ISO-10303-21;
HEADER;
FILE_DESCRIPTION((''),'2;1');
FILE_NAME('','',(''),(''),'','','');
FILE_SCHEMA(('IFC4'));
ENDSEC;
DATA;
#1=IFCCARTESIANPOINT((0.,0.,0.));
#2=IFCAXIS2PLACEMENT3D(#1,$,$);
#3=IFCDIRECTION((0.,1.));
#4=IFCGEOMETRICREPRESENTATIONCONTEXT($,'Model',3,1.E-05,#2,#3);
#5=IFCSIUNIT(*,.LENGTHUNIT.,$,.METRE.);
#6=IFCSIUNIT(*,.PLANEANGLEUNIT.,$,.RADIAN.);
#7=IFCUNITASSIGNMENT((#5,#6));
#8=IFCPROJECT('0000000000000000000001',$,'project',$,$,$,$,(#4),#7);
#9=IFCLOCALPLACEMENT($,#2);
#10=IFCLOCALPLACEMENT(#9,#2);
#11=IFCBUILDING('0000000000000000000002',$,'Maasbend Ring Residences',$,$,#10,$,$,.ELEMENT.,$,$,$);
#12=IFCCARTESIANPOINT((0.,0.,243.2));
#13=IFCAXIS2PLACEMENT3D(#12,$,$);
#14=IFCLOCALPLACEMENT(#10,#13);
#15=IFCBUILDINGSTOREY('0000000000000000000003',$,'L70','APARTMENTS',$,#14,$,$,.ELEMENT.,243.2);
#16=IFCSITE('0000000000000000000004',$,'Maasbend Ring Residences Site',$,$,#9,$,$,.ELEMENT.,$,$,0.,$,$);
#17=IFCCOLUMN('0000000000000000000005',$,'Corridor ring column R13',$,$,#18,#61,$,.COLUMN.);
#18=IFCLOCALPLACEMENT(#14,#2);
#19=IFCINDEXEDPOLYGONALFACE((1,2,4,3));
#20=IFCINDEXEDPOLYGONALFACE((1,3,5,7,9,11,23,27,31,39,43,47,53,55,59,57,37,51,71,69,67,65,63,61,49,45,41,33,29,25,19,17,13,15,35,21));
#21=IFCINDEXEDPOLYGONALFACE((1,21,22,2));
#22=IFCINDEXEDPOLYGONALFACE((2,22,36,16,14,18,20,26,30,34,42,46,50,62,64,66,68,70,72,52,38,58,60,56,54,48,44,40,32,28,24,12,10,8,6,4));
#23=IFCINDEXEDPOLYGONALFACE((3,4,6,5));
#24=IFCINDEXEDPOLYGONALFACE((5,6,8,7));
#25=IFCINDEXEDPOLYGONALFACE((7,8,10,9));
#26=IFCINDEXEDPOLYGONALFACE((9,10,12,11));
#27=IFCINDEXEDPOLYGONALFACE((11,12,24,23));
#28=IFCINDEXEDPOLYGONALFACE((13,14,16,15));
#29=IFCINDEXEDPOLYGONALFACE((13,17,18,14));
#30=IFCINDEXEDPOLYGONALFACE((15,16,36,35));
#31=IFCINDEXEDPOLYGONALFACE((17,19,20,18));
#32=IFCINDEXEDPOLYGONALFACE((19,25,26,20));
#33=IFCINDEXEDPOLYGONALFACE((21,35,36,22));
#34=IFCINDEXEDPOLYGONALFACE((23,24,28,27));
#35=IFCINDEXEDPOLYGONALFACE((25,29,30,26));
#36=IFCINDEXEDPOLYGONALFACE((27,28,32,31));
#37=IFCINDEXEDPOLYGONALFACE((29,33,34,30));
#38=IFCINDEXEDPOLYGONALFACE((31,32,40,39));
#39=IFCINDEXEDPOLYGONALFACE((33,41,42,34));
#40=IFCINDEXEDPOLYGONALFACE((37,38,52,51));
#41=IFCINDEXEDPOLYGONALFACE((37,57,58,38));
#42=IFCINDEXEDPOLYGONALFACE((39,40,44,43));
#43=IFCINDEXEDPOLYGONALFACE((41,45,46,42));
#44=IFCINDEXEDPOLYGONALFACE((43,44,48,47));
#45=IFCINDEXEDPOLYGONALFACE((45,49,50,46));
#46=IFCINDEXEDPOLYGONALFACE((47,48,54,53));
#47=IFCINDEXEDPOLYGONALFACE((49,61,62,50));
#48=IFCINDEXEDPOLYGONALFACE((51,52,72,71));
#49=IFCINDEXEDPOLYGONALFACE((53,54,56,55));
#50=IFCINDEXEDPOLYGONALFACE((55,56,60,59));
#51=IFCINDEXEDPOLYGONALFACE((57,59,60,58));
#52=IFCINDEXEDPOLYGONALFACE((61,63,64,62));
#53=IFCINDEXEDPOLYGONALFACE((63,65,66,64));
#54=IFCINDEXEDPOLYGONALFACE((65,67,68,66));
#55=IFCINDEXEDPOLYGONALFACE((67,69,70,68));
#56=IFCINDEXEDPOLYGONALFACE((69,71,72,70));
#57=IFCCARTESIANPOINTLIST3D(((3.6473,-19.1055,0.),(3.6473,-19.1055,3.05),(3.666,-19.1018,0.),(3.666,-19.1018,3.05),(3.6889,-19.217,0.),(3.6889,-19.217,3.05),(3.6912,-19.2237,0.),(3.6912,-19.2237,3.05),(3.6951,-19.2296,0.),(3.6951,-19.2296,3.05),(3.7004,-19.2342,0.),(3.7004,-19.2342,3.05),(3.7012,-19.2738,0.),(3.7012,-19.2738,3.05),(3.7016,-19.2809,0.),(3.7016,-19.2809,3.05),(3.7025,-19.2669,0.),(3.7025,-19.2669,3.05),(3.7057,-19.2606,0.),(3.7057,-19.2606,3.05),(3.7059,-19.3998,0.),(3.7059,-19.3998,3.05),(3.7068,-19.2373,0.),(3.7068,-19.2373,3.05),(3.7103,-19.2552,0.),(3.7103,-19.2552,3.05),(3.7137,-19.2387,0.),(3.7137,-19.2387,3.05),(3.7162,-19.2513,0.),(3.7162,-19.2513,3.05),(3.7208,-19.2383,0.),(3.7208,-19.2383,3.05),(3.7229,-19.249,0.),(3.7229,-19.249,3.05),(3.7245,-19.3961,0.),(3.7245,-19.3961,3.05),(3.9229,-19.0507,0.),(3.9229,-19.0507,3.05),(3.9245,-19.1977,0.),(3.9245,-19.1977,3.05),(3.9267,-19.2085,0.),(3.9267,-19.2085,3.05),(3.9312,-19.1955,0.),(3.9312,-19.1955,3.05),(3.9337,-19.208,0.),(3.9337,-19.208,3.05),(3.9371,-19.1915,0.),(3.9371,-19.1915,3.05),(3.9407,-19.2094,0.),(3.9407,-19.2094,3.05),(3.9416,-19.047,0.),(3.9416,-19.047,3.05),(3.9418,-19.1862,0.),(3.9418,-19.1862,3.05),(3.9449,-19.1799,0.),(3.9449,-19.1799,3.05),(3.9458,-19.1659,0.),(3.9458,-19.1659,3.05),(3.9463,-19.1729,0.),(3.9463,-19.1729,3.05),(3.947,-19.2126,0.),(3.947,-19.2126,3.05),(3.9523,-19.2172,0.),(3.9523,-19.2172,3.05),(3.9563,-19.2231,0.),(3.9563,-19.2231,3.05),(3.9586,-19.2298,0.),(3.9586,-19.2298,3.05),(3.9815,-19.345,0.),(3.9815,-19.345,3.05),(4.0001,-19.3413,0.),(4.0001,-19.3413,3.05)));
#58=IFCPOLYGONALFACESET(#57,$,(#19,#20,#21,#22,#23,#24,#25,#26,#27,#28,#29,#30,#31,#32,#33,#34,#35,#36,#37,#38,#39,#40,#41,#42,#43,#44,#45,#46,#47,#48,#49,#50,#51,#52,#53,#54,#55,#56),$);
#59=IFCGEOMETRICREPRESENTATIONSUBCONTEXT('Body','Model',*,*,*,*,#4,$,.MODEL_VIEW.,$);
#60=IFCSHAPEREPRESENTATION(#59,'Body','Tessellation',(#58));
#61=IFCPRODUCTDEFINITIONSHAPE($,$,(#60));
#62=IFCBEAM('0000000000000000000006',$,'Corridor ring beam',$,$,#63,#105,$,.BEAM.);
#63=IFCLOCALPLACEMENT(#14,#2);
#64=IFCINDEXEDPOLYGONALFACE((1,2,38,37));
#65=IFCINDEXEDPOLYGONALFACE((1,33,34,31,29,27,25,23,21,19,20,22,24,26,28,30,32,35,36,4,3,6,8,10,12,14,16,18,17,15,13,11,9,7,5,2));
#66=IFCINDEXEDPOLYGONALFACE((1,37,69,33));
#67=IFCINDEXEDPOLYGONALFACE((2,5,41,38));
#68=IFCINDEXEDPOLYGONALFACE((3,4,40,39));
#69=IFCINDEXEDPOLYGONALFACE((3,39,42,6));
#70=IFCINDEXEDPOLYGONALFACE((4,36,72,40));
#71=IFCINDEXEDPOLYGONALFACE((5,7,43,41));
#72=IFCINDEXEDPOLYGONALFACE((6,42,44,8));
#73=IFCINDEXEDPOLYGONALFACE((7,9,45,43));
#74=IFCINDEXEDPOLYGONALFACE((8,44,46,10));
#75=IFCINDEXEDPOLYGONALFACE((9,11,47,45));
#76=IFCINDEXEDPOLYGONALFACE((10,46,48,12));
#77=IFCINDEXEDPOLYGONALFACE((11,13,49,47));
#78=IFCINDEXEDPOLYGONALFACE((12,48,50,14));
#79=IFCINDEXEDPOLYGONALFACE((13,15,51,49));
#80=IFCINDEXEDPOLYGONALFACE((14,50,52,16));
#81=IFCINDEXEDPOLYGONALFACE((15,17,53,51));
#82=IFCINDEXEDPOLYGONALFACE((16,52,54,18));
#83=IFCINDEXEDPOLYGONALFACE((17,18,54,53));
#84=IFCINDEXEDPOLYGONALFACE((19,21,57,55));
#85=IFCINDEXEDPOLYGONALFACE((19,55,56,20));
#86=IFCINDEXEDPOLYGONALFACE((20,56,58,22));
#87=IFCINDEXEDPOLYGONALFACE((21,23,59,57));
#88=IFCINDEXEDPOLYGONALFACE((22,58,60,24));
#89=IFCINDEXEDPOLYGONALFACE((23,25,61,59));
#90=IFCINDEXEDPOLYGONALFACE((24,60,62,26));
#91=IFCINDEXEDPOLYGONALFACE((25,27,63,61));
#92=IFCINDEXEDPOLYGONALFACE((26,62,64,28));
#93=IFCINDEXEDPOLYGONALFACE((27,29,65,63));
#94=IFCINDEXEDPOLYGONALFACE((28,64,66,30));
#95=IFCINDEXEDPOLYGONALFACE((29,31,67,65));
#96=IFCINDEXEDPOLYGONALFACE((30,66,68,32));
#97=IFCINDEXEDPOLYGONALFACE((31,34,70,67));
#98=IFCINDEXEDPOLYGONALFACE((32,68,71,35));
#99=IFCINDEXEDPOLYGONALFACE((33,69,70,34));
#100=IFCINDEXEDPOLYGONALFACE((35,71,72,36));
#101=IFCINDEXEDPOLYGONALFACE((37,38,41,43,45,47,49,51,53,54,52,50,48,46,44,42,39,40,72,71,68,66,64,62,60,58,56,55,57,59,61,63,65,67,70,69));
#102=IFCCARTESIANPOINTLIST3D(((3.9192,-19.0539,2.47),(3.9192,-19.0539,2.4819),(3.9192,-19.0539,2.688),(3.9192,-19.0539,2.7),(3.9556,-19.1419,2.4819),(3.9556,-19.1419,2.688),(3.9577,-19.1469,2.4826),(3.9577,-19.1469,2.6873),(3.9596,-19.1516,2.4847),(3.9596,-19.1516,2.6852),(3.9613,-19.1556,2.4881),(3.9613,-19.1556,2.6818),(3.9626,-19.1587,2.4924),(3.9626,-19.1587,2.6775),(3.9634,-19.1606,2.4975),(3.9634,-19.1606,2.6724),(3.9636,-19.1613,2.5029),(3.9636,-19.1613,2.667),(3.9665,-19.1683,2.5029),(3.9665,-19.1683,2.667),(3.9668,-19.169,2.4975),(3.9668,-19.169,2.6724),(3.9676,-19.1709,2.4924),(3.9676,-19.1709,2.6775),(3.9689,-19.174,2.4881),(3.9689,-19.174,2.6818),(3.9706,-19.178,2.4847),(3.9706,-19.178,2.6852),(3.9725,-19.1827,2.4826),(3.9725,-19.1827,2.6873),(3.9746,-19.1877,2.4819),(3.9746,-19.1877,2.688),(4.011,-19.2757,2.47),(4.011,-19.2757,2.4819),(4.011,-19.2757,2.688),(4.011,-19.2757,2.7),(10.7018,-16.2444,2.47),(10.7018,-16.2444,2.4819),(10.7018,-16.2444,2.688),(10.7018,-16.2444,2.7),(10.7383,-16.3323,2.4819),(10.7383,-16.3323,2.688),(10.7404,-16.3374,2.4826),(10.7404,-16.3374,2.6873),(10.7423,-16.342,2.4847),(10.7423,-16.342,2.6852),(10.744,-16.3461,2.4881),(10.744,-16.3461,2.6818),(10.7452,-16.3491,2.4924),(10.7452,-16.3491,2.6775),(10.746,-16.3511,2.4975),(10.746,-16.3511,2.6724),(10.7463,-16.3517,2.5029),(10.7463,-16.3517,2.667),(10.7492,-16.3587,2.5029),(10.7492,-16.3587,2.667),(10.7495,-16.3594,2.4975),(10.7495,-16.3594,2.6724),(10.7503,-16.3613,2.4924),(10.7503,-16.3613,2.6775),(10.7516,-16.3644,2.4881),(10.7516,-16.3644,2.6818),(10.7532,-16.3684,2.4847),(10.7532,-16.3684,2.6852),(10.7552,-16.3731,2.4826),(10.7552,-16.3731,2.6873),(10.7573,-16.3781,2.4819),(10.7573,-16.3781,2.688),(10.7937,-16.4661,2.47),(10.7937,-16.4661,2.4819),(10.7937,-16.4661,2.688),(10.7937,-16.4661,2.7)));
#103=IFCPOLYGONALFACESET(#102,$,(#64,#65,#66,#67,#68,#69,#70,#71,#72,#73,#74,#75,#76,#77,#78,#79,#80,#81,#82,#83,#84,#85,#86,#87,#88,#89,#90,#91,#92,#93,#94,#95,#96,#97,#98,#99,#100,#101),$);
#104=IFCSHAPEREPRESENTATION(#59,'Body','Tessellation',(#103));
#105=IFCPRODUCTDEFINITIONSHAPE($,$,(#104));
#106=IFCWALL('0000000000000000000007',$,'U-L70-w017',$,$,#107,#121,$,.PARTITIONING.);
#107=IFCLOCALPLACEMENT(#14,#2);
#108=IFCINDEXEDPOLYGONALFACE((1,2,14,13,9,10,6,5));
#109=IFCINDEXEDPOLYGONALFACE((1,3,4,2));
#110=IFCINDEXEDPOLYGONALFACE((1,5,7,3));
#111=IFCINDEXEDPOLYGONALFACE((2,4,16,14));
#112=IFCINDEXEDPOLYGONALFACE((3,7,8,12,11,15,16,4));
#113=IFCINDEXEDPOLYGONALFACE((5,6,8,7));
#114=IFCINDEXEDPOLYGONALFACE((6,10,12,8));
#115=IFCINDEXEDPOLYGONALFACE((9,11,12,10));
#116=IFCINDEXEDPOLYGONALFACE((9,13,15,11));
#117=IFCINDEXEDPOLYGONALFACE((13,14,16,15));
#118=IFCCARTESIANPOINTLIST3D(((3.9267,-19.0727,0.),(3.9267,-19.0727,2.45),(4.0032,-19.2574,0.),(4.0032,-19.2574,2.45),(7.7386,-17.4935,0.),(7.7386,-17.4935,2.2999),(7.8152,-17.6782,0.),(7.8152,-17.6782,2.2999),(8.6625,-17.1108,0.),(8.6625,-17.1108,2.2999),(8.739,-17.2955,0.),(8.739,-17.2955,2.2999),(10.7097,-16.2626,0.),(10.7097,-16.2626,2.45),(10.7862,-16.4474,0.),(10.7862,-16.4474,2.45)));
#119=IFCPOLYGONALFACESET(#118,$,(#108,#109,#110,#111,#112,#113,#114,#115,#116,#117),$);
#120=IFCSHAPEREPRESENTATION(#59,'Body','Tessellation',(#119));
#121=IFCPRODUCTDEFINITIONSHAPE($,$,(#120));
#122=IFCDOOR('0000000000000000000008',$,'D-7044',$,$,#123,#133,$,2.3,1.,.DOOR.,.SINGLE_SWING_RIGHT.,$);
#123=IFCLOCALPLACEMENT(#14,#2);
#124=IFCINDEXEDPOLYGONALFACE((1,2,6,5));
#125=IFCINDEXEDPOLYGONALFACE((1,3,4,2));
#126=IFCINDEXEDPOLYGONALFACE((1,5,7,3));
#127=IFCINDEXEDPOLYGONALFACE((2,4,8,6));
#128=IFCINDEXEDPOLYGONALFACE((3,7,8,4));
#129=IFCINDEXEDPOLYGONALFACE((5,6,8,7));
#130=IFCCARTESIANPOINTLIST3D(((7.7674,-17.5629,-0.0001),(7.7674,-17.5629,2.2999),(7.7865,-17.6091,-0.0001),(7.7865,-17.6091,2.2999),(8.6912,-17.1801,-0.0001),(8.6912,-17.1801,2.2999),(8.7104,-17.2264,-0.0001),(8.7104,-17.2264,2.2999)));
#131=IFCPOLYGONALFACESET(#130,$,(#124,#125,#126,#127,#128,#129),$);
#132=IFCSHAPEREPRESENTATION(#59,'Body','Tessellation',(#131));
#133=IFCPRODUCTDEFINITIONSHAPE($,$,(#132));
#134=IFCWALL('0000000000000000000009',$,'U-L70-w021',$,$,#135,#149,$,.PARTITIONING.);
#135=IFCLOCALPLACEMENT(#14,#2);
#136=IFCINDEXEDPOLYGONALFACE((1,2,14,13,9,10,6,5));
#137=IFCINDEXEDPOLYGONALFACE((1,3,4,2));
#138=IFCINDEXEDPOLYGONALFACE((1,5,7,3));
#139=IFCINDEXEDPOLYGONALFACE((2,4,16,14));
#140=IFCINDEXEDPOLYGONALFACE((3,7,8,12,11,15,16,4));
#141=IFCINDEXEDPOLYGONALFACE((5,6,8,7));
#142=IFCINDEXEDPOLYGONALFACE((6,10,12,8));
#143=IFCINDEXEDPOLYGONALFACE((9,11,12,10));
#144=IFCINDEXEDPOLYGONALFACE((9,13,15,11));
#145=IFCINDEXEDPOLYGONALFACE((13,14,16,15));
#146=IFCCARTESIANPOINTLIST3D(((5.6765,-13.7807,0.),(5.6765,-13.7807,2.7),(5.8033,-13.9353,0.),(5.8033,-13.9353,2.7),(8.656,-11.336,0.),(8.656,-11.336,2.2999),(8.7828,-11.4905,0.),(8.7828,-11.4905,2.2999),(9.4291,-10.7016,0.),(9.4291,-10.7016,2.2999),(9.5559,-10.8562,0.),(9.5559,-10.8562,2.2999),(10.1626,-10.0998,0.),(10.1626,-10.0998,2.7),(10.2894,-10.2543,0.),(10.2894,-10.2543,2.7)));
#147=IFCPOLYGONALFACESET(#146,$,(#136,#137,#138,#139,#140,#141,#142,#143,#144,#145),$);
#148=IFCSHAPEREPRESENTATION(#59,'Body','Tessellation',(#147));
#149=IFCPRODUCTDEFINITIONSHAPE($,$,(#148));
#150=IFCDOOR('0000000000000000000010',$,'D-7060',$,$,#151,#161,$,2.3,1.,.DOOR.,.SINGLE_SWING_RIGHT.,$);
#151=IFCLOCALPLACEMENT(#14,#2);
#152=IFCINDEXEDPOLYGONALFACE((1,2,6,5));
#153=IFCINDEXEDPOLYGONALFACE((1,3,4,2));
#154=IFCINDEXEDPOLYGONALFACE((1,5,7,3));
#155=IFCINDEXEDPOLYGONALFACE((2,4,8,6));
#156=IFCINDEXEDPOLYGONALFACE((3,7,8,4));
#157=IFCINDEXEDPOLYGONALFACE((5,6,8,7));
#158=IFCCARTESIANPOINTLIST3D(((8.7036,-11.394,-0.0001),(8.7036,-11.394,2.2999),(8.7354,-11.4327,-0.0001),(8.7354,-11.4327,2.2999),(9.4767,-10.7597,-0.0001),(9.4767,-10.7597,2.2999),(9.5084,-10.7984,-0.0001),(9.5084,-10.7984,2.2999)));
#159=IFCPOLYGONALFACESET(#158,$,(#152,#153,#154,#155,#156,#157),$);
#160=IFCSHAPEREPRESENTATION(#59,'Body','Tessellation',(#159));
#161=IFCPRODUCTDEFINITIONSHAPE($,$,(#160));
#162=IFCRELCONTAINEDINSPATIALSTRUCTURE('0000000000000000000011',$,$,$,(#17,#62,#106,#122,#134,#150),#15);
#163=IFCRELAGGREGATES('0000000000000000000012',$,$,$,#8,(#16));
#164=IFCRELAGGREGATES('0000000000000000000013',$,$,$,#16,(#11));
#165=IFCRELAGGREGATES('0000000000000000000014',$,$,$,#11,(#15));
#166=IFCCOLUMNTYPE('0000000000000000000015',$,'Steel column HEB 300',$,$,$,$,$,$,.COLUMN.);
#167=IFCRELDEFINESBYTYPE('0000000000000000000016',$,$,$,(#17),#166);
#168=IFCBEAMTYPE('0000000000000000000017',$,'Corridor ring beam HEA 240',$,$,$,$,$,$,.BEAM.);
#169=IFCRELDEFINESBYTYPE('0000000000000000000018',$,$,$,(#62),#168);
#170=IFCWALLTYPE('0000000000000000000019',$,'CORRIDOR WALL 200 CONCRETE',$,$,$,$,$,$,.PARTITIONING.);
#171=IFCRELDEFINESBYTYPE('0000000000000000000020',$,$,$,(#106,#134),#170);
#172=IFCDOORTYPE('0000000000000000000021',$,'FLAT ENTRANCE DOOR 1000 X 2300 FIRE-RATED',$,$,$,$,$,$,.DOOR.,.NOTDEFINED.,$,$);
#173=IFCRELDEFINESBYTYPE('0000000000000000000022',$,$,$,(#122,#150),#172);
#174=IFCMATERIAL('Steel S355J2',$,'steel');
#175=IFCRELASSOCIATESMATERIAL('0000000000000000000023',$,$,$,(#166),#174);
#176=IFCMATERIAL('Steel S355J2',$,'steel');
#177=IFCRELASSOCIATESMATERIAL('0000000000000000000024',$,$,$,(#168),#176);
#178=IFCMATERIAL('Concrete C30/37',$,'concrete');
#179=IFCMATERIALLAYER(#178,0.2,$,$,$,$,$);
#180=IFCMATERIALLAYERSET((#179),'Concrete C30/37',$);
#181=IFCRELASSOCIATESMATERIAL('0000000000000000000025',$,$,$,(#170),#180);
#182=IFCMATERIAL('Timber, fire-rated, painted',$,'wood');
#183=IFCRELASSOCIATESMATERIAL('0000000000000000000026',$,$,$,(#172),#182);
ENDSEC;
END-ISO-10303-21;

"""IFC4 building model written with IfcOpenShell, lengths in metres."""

from ifc_helpers import new_model, si_unit, direction, frame, frame_2d, origin, origin_2d, place, context, subcontext, project, spatial, rectangle, i_section, extrude, material, layer, layer_set, material_profile, profile_set, type_object, element, fill, save


model = new_model("IFC4")

# Units and contexts
model_context = context("Model", 3, precision=1e-05, world=origin(), true_north=direction((0.0, 1.0)))
body_context = subcontext(model_context, "Body", "Model", "MODEL_VIEW")
ifc_project = project(units=[si_unit("LENGTHUNIT", "METRE"), si_unit("PLANEANGLEUNIT", "RADIAN")], contexts=[model_context])

# Site, building, storey
site_placement = place(None, origin())
site = spatial("IfcSite", under=ifc_project, at=site_placement, Name="Maasbend Ring Residences Site", CompositionType="ELEMENT", RefElevation=0.0)
building_placement = place(site_placement, origin())
building = spatial("IfcBuilding", under=site, at=building_placement, Name="Maasbend Ring Residences", CompositionType="ELEMENT")
storey_placement = place(building_placement, frame((0.0, 0.0, 243.2)))
storey = spatial("IfcBuildingStorey", under=building, at=storey_placement, Name="L70", Description="APARTMENTS", CompositionType="ELEMENT", Elevation=243.2)

# Column
ifc_material_1 = material(Name="Steel S355J2", Category="steel")
ifc_material_profile_1 = material_profile(ifc_material_1, i_section(OverallWidth=0.3, OverallDepth=0.3, WebThickness=0.011, FlangeThickness=0.019, FilletRadius=0.0271, at=origin_2d()), Name="HEB 300")
ifc_profile_set_1 = profile_set([ifc_material_profile_1], Name="Steel S355J2")
column_type = type_object("IfcColumnType", Name="Steel column HEB 300", PredefinedType="COLUMN", material=ifc_profile_set_1)
column_placement = place(storey_placement, frame((3.8237, -19.2234, 0.0), z_axis=(0.0, 0.0, 1.0), x_axis=(0.19509, -0.980785, 0.0)))
element("IfcColumn", 1, at=column_placement, inside=storey, type_object=column_type, Name="Corridor ring column R13", PredefinedType="COLUMN", context=body_context, shape_type="SweptSolid", body=[
    extrude(i_section(OverallWidth=0.3, OverallDepth=0.3, WebThickness=0.011, FlangeThickness=0.019, FilletRadius=0.0271, at=origin_2d()), origin(), (0.0, 0.0, 1.0), 3.05),
])

# Beam
ifc_material_2 = material(Name="Steel S355J2", Category="steel")
ifc_material_profile_2 = material_profile(ifc_material_2, i_section(OverallWidth=0.24, OverallDepth=0.23, WebThickness=0.0076, FlangeThickness=0.012, FilletRadius=0.021, at=origin_2d()), Name="HEA 240")
ifc_profile_set_2 = profile_set([ifc_material_profile_2], Name="Steel S355J2")
beam_type = type_object("IfcBeamType", Name="Corridor ring beam HEA 240", PredefinedType="BEAM", material=ifc_profile_set_2)
beam_placement = place(storey_placement, frame((3.9651, -19.1648, 2.585), z_axis=(0.923876, 0.382692, 0.0), x_axis=(-0.382692, 0.923876, 0.0)))
element("IfcBeam", 2, at=beam_placement, inside=storey, type_object=beam_type, Name="Corridor ring beam", PredefinedType="BEAM", context=body_context, shape_type="SweptSolid", body=[
    extrude(i_section(OverallWidth=0.24, OverallDepth=0.23, WebThickness=0.0076, FlangeThickness=0.012, FilletRadius=0.021, at=origin_2d()), origin(), (0.0, 0.0, 1.0), 7.3416),
])

# Walls, openings, doors
ifc_material_3 = material(Name="Concrete C30/37", Category="concrete")
ifc_layer_1 = layer(ifc_material_3, 0.2)
ifc_layer_set_1 = layer_set([ifc_layer_1], Name="Concrete C30/37")
wall_type_1 = type_object("IfcWallType", Name="CORRIDOR WALL 200 CONCRETE", PredefinedType="PARTITIONING", material=ifc_layer_set_1)
wall_1_placement = place(storey_placement, frame((3.9651, -19.165, 0.0), z_axis=(0.0, 0.0, 1.0), x_axis=(0.923857, 0.382737, 0.0)))
wall_1 = element("IfcWall", 3, at=wall_1_placement, inside=storey, type_object=wall_type_1, Name="U-L70-w017", PredefinedType="PARTITIONING", context=body_context, shape_type="SweptSolid", body=[
    extrude(rectangle(XDim=7.342, YDim=0.2, at=frame_2d((3.6709, 0.0))), origin(), (0.0, 0.0, 1.0), 2.45),
])
opening_1_placement = place(wall_1_placement, frame((4.126, 0.0, 0.0)))
opening_1 = element("IfcOpeningElement", 4, at=opening_1_placement, cuts=wall_1, PredefinedType="OPENING", context=body_context, shape_type="SweptSolid", body=[
    extrude(rectangle(XDim=1.0, YDim=2.3, at=frame_2d((0.5, 1.1499))), frame((0.0, 0.1099, 0.0), z_axis=(0.0, -1.0, 0.0), x_axis=(1.0, 0.0, 0.0)), (0.0, 0.0, 1.0), 0.22),
])
ifc_material_4 = material(Name="Timber, fire-rated, painted", Category="wood")
door_type_1 = type_object("IfcDoorType", Name="FLAT ENTRANCE DOOR 1000 X 2300 FIRE-RATED", OperationType="NOTDEFINED", PredefinedType="DOOR", material=ifc_material_4)
door_1_placement = place(opening_1_placement, origin())
door_1 = element("IfcDoor", 5, at=door_1_placement, inside=storey, type_object=door_type_1, Name="D-7044", OperationType="SINGLE_SWING_RIGHT", OverallHeight=2.3, OverallWidth=1.0, PredefinedType="DOOR", context=body_context, shape_type="SweptSolid", body=[
    extrude(rectangle(XDim=1.0, YDim=2.3, at=frame_2d((0.5, 1.1499))), frame((0.0, 0.0249, 0.0), z_axis=(0.0, -1.0, 0.0), x_axis=(1.0, 0.0, 0.0)), (0.0, 0.0, 1.0), 0.05),
])
fill(opening_1, door_1)
wall_2_placement = place(storey_placement, frame((5.74, -13.8579, 0.0), z_axis=(0.0, 0.0, 1.0), x_axis=(0.773072, 0.634319, 0.0)))
wall_2 = element("IfcWall", 6, at=wall_2_placement, inside=storey, type_object=wall_type_1, Name="U-L70-w021", PredefinedType="PARTITIONING", context=body_context, shape_type="SweptSolid", body=[
    extrude(rectangle(XDim=5.803, YDim=0.2, at=frame_2d((2.9014, 0.0))), origin(), (0.0, 0.0, 1.0), 2.7),
])
opening_2_placement = place(wall_2_placement, frame((3.854, 0.0, 0.0)))
opening_2 = element("IfcOpeningElement", 7, at=opening_2_placement, cuts=wall_2, PredefinedType="OPENING", context=body_context, shape_type="SweptSolid", body=[
    extrude(rectangle(XDim=1.0, YDim=2.3, at=frame_2d((0.5, 1.1499))), frame((0.0, 0.1099, 0.0), z_axis=(0.0, -1.0, 0.0), x_axis=(1.0, 0.0, 0.0)), (0.0, 0.0, 1.0), 0.22),
])
door_2_placement = place(opening_2_placement, origin())
door_2 = element("IfcDoor", 8, at=door_2_placement, inside=storey, type_object=door_type_1, Name="D-7060", OperationType="SINGLE_SWING_RIGHT", OverallHeight=2.3, OverallWidth=1.0, PredefinedType="DOOR", context=body_context, shape_type="SweptSolid", body=[
    extrude(rectangle(XDim=1.0, YDim=2.3, at=frame_2d((0.5, 1.1499))), frame((0.0, 0.0249, 0.0), z_axis=(0.0, -1.0, 0.0), x_axis=(1.0, 0.0, 0.0)), (0.0, 0.0, 1.0), 0.05),
])
fill(opening_2, door_2)

save(model, "model.ifc")
